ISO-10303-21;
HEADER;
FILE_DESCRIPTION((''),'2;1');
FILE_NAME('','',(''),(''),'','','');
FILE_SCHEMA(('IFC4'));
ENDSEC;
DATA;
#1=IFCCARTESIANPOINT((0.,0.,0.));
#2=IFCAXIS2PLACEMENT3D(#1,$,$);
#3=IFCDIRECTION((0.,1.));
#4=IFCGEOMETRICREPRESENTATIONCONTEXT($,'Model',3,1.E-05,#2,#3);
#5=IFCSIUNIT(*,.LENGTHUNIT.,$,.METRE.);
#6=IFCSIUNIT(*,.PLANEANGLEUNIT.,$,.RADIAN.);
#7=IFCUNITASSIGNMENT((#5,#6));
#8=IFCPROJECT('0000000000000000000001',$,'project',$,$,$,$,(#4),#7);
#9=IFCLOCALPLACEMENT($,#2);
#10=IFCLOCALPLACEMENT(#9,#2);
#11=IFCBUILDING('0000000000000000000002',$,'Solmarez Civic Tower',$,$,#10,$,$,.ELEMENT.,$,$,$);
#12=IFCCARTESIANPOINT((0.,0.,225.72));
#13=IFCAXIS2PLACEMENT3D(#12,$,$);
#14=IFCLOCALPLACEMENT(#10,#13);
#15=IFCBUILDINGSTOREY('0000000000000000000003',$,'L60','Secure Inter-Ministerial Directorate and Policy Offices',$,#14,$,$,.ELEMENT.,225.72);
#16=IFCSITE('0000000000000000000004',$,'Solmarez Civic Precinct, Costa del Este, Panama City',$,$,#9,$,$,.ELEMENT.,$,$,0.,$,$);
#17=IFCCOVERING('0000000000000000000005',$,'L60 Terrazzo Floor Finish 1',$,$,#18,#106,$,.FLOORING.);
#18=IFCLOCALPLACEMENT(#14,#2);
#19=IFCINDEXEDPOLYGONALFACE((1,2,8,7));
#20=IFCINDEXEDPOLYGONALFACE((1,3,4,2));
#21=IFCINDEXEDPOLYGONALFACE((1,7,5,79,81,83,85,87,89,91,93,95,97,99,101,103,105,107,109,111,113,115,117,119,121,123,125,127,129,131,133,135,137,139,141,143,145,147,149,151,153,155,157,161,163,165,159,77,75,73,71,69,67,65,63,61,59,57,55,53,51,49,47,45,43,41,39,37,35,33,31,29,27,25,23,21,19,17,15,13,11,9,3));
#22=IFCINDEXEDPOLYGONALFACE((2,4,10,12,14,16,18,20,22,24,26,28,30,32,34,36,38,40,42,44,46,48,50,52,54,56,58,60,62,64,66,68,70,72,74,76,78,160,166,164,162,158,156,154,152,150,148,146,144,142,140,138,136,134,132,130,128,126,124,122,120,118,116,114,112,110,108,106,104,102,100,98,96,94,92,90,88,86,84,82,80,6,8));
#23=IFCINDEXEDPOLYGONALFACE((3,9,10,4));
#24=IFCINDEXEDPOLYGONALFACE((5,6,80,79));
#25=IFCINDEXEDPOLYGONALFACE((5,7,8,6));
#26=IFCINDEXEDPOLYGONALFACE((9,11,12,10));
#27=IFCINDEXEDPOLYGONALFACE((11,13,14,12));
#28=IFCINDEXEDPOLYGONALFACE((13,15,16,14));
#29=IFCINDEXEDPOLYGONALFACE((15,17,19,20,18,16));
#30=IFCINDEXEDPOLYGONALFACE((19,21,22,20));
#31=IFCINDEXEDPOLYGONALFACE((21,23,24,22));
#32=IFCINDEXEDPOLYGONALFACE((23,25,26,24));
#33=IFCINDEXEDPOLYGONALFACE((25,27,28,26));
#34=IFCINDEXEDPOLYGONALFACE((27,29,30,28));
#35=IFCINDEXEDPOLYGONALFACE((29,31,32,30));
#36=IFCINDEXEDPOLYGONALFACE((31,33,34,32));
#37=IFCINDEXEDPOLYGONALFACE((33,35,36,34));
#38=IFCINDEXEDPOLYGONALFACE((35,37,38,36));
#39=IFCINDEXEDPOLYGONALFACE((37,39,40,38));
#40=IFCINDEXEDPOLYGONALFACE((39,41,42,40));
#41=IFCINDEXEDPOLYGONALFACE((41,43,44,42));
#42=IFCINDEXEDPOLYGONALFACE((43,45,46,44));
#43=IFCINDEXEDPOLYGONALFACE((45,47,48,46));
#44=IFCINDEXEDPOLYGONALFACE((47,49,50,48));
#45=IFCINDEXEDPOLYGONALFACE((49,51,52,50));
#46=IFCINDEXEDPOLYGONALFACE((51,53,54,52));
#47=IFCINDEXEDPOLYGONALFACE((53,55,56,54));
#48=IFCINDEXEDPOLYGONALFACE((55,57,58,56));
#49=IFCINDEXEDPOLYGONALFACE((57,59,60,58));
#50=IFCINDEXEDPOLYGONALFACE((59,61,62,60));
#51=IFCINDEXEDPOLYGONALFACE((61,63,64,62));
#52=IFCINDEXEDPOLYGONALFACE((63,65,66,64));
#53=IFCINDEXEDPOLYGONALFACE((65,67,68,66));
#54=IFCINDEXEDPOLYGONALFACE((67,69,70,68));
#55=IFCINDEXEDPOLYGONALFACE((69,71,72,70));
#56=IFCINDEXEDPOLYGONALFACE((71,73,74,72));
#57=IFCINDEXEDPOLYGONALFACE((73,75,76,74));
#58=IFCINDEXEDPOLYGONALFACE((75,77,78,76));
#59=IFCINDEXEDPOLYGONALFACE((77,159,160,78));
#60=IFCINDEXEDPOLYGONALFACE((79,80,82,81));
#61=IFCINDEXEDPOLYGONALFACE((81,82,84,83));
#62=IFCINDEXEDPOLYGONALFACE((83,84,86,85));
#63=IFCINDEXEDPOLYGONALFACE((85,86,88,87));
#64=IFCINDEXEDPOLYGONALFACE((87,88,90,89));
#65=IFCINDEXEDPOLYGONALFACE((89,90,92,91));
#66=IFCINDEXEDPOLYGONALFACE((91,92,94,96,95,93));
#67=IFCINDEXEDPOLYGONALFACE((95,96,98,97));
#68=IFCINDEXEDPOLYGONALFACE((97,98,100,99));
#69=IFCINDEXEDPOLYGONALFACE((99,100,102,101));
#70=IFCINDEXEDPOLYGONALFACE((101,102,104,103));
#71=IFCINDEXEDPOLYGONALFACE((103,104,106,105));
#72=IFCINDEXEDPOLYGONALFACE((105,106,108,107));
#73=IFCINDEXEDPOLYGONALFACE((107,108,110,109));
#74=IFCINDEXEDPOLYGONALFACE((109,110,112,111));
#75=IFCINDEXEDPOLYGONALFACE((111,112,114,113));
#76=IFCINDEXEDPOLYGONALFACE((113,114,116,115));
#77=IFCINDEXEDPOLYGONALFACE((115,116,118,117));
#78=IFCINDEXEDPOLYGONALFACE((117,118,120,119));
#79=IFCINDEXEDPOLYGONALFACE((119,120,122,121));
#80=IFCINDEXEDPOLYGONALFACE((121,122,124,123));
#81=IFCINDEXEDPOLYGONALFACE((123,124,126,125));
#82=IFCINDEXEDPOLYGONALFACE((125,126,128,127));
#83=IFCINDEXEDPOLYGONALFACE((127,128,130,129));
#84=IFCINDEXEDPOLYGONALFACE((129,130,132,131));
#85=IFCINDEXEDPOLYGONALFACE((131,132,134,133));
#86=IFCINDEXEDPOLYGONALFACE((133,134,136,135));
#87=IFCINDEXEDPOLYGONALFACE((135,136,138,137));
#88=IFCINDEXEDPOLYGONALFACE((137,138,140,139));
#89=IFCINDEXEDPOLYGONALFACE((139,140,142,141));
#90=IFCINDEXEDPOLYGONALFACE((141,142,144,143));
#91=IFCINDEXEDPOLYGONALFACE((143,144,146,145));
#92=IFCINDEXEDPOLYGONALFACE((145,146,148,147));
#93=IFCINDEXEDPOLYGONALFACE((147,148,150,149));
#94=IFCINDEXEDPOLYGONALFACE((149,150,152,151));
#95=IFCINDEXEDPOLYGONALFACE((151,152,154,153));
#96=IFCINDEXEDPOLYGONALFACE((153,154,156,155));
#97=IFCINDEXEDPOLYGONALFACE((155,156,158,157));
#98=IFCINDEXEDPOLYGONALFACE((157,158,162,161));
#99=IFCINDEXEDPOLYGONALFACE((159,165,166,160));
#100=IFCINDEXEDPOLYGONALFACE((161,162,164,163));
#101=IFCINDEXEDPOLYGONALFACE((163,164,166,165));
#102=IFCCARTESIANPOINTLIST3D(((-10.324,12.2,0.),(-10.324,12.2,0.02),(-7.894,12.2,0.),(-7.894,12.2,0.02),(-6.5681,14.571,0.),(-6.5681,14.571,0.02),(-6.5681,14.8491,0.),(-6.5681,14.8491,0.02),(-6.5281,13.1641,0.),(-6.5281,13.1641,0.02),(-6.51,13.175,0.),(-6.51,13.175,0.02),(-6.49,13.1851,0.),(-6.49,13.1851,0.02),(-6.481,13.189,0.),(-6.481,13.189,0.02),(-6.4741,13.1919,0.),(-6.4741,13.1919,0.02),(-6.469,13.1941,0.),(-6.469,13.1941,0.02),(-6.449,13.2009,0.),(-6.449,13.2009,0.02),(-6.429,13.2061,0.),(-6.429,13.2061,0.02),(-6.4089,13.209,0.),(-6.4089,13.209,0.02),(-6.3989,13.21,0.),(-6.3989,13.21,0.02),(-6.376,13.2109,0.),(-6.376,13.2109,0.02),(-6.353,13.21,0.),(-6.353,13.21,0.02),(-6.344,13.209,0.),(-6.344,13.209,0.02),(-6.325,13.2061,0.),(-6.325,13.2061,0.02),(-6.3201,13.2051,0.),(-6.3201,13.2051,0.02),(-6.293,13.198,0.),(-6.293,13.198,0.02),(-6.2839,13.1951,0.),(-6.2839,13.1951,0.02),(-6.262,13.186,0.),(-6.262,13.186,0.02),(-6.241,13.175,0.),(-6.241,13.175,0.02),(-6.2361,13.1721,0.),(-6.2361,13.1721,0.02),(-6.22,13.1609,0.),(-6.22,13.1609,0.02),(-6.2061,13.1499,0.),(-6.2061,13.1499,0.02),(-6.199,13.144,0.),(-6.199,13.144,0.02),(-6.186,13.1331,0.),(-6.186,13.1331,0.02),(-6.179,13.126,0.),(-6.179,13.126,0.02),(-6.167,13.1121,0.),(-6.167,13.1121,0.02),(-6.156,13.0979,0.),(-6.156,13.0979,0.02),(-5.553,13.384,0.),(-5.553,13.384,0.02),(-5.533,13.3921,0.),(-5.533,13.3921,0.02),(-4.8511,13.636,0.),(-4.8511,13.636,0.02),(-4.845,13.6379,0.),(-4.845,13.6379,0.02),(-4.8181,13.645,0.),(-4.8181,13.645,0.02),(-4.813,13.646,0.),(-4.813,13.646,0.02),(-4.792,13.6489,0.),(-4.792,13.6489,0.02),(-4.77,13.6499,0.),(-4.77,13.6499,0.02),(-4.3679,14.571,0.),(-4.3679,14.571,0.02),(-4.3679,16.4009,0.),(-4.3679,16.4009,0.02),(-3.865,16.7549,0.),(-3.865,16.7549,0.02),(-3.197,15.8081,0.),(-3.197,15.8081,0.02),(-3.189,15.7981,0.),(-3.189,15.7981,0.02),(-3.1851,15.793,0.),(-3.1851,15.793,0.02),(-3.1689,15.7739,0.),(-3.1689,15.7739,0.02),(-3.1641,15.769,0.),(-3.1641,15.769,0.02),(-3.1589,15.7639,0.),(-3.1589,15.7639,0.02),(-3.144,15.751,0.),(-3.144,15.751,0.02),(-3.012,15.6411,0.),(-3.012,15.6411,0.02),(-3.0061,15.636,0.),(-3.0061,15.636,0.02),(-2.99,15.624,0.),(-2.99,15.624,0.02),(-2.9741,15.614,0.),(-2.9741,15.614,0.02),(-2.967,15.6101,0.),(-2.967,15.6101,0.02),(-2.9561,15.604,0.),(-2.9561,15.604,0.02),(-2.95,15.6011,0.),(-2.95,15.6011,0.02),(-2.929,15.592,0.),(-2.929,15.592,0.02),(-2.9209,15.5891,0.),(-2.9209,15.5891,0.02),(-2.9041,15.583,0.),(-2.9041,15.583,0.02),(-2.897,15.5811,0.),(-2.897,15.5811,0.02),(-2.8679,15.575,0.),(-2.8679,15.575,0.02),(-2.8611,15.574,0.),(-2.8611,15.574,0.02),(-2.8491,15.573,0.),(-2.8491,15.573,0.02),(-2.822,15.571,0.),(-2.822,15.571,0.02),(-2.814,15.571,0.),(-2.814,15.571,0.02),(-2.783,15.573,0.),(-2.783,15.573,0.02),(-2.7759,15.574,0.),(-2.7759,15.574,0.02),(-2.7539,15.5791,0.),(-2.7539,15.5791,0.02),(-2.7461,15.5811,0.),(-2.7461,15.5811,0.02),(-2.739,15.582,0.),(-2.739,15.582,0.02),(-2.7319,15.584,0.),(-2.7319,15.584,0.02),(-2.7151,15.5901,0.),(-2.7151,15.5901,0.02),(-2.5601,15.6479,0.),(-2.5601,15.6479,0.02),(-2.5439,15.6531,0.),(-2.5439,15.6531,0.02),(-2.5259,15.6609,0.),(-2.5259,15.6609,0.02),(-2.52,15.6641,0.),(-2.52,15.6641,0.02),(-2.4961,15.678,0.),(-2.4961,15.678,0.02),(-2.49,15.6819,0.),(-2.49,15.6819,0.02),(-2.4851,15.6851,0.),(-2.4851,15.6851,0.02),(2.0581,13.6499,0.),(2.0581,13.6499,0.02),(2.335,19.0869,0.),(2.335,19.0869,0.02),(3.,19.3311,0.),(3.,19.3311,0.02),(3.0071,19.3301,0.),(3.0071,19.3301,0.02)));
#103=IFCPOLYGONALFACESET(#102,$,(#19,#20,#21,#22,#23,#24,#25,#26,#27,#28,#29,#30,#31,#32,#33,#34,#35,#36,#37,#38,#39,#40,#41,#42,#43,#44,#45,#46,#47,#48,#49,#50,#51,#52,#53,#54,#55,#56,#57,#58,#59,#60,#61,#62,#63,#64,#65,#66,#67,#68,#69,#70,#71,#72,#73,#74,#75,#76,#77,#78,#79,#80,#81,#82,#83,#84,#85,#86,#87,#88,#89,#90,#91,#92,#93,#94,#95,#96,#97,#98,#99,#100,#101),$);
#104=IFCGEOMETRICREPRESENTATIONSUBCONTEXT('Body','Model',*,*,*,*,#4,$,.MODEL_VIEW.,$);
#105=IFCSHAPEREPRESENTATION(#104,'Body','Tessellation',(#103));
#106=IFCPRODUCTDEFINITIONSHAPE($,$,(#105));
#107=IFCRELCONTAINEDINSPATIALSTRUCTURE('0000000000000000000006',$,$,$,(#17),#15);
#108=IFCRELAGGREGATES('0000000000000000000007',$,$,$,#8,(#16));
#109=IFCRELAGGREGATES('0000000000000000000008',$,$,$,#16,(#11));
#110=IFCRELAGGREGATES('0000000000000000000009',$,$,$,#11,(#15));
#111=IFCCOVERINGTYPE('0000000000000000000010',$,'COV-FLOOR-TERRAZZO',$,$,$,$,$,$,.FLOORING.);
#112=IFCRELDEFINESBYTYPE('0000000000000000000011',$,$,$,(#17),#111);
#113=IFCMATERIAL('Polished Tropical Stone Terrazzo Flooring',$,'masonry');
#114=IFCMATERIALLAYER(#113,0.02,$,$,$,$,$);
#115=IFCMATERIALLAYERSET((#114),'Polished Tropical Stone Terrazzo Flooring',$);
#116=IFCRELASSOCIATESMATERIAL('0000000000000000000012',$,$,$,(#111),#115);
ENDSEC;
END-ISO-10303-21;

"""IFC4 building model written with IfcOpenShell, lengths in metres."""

from ifc_helpers import new_model, si_unit, direction, frame, origin, place, context, subcontext, project, spatial, polyline, outline, extrude, material, layer, layer_set, type_object, element, save


model = new_model("IFC4")

# Units and contexts
model_context = context("Model", 3, precision=1e-05, world=origin(), true_north=direction((0.0, 1.0)))
body_context = subcontext(model_context, "Body", "Model", "MODEL_VIEW")
ifc_project = project(units=[si_unit("LENGTHUNIT", "METRE"), si_unit("PLANEANGLEUNIT", "RADIAN")], contexts=[model_context])

# Site, building, storey
site_placement = place(None, origin())
site = spatial("IfcSite", under=ifc_project, at=site_placement, Name="Solmarez Civic Precinct, Costa del Este, Panama City", CompositionType="ELEMENT", RefElevation=0.0)
building_placement = place(site_placement, origin())
building = spatial("IfcBuilding", under=site, at=building_placement, Name="Solmarez Civic Tower", CompositionType="ELEMENT")
storey_placement = place(building_placement, frame((0.0, 0.0, 225.72)))
storey = spatial("IfcBuildingStorey", under=building, at=storey_placement, Name="L60", Description="Secure Inter-Ministerial Directorate and Policy Offices", CompositionType="ELEMENT", Elevation=225.72)

# Covering
ifc_material_1 = material(Name="Polished Tropical Stone Terrazzo Flooring", Category="masonry")
ifc_layer_1 = layer(ifc_material_1, 0.02)
ifc_layer_set_1 = layer_set([ifc_layer_1], Name="Polished Tropical Stone Terrazzo Flooring")
covering_type_1 = type_object("IfcCoveringType", Name="COV-FLOOR-TERRAZZO", PredefinedType="FLOORING", material=ifc_layer_set_1)
covering_1_placement = place(storey_placement, origin())
element("IfcCovering", 1, at=covering_1_placement, inside=storey, type_object=covering_type_1, Name="L60 Terrazzo Floor Finish 1", PredefinedType="FLOORING", context=body_context, shape_type="SweptSolid", body=[
    extrude(outline(polyline([(-10.324, 12.2), (-7.894, 12.2), (-6.5281, 13.1641), (-6.51, 13.175), (-6.49, 13.1851), (-6.481, 13.189), (-6.4741, 13.1919), (-6.469, 13.1941), (-6.449, 13.2009), (-6.429, 13.2061), (-6.4089, 13.209), (-6.3989, 13.21), (-6.376, 13.2109), (-6.353, 13.21), (-6.344, 13.209), (-6.325, 13.2061), (-6.3201, 13.2051), (-6.293, 13.198), (-6.2839, 13.1951), (-6.262, 13.186), (-6.241, 13.175), (-6.2361, 13.1721), (-6.22, 13.1609), (-6.2061, 13.1499), (-6.199, 13.144), (-6.186, 13.1331), (-6.179, 13.126), (-6.167, 13.1121), (-6.156, 13.0979), (-5.553, 13.384), (-5.533, 13.3921), (-4.8511, 13.636), (-4.845, 13.6379), (-4.8181, 13.645), (-4.813, 13.646), (-4.792, 13.6489), (-4.77, 13.6499), (2.0581, 13.6499), (3.0071, 19.3301), (3.0, 19.3311), (2.335, 19.0869), (-2.4851, 15.6851), (-2.49, 15.6819), (-2.4961, 15.678), (-2.52, 15.6641), (-2.5259, 15.6609), (-2.5439, 15.6531), (-2.5601, 15.6479), (-2.7151, 15.5901), (-2.7319, 15.584), (-2.739, 15.582), (-2.7461, 15.5811), (-2.7539, 15.5791), (-2.7759, 15.574), (-2.783, 15.573), (-2.814, 15.571), (-2.822, 15.571), (-2.8491, 15.573), (-2.8611, 15.574), (-2.8679, 15.575), (-2.897, 15.5811), (-2.9041, 15.583), (-2.9209, 15.5891), (-2.929, 15.592), (-2.95, 15.6011), (-2.9561, 15.604), (-2.967, 15.6101), (-2.9741, 15.614), (-2.99, 15.624), (-3.0061, 15.636), (-3.012, 15.6411), (-3.144, 15.751), (-3.1589, 15.7639), (-3.1641, 15.769), (-3.1689, 15.7739), (-3.1851, 15.793), (-3.189, 15.7981), (-3.197, 15.8081), (-3.865, 16.7549), (-4.3679, 16.4009), (-4.3679, 14.571), (-6.5681, 14.571), (-6.5681, 14.8491), (-10.324, 12.2)])), origin(), (0.0, 0.0, 1.0), 0.02),
])

save(model, "model.ifc")
